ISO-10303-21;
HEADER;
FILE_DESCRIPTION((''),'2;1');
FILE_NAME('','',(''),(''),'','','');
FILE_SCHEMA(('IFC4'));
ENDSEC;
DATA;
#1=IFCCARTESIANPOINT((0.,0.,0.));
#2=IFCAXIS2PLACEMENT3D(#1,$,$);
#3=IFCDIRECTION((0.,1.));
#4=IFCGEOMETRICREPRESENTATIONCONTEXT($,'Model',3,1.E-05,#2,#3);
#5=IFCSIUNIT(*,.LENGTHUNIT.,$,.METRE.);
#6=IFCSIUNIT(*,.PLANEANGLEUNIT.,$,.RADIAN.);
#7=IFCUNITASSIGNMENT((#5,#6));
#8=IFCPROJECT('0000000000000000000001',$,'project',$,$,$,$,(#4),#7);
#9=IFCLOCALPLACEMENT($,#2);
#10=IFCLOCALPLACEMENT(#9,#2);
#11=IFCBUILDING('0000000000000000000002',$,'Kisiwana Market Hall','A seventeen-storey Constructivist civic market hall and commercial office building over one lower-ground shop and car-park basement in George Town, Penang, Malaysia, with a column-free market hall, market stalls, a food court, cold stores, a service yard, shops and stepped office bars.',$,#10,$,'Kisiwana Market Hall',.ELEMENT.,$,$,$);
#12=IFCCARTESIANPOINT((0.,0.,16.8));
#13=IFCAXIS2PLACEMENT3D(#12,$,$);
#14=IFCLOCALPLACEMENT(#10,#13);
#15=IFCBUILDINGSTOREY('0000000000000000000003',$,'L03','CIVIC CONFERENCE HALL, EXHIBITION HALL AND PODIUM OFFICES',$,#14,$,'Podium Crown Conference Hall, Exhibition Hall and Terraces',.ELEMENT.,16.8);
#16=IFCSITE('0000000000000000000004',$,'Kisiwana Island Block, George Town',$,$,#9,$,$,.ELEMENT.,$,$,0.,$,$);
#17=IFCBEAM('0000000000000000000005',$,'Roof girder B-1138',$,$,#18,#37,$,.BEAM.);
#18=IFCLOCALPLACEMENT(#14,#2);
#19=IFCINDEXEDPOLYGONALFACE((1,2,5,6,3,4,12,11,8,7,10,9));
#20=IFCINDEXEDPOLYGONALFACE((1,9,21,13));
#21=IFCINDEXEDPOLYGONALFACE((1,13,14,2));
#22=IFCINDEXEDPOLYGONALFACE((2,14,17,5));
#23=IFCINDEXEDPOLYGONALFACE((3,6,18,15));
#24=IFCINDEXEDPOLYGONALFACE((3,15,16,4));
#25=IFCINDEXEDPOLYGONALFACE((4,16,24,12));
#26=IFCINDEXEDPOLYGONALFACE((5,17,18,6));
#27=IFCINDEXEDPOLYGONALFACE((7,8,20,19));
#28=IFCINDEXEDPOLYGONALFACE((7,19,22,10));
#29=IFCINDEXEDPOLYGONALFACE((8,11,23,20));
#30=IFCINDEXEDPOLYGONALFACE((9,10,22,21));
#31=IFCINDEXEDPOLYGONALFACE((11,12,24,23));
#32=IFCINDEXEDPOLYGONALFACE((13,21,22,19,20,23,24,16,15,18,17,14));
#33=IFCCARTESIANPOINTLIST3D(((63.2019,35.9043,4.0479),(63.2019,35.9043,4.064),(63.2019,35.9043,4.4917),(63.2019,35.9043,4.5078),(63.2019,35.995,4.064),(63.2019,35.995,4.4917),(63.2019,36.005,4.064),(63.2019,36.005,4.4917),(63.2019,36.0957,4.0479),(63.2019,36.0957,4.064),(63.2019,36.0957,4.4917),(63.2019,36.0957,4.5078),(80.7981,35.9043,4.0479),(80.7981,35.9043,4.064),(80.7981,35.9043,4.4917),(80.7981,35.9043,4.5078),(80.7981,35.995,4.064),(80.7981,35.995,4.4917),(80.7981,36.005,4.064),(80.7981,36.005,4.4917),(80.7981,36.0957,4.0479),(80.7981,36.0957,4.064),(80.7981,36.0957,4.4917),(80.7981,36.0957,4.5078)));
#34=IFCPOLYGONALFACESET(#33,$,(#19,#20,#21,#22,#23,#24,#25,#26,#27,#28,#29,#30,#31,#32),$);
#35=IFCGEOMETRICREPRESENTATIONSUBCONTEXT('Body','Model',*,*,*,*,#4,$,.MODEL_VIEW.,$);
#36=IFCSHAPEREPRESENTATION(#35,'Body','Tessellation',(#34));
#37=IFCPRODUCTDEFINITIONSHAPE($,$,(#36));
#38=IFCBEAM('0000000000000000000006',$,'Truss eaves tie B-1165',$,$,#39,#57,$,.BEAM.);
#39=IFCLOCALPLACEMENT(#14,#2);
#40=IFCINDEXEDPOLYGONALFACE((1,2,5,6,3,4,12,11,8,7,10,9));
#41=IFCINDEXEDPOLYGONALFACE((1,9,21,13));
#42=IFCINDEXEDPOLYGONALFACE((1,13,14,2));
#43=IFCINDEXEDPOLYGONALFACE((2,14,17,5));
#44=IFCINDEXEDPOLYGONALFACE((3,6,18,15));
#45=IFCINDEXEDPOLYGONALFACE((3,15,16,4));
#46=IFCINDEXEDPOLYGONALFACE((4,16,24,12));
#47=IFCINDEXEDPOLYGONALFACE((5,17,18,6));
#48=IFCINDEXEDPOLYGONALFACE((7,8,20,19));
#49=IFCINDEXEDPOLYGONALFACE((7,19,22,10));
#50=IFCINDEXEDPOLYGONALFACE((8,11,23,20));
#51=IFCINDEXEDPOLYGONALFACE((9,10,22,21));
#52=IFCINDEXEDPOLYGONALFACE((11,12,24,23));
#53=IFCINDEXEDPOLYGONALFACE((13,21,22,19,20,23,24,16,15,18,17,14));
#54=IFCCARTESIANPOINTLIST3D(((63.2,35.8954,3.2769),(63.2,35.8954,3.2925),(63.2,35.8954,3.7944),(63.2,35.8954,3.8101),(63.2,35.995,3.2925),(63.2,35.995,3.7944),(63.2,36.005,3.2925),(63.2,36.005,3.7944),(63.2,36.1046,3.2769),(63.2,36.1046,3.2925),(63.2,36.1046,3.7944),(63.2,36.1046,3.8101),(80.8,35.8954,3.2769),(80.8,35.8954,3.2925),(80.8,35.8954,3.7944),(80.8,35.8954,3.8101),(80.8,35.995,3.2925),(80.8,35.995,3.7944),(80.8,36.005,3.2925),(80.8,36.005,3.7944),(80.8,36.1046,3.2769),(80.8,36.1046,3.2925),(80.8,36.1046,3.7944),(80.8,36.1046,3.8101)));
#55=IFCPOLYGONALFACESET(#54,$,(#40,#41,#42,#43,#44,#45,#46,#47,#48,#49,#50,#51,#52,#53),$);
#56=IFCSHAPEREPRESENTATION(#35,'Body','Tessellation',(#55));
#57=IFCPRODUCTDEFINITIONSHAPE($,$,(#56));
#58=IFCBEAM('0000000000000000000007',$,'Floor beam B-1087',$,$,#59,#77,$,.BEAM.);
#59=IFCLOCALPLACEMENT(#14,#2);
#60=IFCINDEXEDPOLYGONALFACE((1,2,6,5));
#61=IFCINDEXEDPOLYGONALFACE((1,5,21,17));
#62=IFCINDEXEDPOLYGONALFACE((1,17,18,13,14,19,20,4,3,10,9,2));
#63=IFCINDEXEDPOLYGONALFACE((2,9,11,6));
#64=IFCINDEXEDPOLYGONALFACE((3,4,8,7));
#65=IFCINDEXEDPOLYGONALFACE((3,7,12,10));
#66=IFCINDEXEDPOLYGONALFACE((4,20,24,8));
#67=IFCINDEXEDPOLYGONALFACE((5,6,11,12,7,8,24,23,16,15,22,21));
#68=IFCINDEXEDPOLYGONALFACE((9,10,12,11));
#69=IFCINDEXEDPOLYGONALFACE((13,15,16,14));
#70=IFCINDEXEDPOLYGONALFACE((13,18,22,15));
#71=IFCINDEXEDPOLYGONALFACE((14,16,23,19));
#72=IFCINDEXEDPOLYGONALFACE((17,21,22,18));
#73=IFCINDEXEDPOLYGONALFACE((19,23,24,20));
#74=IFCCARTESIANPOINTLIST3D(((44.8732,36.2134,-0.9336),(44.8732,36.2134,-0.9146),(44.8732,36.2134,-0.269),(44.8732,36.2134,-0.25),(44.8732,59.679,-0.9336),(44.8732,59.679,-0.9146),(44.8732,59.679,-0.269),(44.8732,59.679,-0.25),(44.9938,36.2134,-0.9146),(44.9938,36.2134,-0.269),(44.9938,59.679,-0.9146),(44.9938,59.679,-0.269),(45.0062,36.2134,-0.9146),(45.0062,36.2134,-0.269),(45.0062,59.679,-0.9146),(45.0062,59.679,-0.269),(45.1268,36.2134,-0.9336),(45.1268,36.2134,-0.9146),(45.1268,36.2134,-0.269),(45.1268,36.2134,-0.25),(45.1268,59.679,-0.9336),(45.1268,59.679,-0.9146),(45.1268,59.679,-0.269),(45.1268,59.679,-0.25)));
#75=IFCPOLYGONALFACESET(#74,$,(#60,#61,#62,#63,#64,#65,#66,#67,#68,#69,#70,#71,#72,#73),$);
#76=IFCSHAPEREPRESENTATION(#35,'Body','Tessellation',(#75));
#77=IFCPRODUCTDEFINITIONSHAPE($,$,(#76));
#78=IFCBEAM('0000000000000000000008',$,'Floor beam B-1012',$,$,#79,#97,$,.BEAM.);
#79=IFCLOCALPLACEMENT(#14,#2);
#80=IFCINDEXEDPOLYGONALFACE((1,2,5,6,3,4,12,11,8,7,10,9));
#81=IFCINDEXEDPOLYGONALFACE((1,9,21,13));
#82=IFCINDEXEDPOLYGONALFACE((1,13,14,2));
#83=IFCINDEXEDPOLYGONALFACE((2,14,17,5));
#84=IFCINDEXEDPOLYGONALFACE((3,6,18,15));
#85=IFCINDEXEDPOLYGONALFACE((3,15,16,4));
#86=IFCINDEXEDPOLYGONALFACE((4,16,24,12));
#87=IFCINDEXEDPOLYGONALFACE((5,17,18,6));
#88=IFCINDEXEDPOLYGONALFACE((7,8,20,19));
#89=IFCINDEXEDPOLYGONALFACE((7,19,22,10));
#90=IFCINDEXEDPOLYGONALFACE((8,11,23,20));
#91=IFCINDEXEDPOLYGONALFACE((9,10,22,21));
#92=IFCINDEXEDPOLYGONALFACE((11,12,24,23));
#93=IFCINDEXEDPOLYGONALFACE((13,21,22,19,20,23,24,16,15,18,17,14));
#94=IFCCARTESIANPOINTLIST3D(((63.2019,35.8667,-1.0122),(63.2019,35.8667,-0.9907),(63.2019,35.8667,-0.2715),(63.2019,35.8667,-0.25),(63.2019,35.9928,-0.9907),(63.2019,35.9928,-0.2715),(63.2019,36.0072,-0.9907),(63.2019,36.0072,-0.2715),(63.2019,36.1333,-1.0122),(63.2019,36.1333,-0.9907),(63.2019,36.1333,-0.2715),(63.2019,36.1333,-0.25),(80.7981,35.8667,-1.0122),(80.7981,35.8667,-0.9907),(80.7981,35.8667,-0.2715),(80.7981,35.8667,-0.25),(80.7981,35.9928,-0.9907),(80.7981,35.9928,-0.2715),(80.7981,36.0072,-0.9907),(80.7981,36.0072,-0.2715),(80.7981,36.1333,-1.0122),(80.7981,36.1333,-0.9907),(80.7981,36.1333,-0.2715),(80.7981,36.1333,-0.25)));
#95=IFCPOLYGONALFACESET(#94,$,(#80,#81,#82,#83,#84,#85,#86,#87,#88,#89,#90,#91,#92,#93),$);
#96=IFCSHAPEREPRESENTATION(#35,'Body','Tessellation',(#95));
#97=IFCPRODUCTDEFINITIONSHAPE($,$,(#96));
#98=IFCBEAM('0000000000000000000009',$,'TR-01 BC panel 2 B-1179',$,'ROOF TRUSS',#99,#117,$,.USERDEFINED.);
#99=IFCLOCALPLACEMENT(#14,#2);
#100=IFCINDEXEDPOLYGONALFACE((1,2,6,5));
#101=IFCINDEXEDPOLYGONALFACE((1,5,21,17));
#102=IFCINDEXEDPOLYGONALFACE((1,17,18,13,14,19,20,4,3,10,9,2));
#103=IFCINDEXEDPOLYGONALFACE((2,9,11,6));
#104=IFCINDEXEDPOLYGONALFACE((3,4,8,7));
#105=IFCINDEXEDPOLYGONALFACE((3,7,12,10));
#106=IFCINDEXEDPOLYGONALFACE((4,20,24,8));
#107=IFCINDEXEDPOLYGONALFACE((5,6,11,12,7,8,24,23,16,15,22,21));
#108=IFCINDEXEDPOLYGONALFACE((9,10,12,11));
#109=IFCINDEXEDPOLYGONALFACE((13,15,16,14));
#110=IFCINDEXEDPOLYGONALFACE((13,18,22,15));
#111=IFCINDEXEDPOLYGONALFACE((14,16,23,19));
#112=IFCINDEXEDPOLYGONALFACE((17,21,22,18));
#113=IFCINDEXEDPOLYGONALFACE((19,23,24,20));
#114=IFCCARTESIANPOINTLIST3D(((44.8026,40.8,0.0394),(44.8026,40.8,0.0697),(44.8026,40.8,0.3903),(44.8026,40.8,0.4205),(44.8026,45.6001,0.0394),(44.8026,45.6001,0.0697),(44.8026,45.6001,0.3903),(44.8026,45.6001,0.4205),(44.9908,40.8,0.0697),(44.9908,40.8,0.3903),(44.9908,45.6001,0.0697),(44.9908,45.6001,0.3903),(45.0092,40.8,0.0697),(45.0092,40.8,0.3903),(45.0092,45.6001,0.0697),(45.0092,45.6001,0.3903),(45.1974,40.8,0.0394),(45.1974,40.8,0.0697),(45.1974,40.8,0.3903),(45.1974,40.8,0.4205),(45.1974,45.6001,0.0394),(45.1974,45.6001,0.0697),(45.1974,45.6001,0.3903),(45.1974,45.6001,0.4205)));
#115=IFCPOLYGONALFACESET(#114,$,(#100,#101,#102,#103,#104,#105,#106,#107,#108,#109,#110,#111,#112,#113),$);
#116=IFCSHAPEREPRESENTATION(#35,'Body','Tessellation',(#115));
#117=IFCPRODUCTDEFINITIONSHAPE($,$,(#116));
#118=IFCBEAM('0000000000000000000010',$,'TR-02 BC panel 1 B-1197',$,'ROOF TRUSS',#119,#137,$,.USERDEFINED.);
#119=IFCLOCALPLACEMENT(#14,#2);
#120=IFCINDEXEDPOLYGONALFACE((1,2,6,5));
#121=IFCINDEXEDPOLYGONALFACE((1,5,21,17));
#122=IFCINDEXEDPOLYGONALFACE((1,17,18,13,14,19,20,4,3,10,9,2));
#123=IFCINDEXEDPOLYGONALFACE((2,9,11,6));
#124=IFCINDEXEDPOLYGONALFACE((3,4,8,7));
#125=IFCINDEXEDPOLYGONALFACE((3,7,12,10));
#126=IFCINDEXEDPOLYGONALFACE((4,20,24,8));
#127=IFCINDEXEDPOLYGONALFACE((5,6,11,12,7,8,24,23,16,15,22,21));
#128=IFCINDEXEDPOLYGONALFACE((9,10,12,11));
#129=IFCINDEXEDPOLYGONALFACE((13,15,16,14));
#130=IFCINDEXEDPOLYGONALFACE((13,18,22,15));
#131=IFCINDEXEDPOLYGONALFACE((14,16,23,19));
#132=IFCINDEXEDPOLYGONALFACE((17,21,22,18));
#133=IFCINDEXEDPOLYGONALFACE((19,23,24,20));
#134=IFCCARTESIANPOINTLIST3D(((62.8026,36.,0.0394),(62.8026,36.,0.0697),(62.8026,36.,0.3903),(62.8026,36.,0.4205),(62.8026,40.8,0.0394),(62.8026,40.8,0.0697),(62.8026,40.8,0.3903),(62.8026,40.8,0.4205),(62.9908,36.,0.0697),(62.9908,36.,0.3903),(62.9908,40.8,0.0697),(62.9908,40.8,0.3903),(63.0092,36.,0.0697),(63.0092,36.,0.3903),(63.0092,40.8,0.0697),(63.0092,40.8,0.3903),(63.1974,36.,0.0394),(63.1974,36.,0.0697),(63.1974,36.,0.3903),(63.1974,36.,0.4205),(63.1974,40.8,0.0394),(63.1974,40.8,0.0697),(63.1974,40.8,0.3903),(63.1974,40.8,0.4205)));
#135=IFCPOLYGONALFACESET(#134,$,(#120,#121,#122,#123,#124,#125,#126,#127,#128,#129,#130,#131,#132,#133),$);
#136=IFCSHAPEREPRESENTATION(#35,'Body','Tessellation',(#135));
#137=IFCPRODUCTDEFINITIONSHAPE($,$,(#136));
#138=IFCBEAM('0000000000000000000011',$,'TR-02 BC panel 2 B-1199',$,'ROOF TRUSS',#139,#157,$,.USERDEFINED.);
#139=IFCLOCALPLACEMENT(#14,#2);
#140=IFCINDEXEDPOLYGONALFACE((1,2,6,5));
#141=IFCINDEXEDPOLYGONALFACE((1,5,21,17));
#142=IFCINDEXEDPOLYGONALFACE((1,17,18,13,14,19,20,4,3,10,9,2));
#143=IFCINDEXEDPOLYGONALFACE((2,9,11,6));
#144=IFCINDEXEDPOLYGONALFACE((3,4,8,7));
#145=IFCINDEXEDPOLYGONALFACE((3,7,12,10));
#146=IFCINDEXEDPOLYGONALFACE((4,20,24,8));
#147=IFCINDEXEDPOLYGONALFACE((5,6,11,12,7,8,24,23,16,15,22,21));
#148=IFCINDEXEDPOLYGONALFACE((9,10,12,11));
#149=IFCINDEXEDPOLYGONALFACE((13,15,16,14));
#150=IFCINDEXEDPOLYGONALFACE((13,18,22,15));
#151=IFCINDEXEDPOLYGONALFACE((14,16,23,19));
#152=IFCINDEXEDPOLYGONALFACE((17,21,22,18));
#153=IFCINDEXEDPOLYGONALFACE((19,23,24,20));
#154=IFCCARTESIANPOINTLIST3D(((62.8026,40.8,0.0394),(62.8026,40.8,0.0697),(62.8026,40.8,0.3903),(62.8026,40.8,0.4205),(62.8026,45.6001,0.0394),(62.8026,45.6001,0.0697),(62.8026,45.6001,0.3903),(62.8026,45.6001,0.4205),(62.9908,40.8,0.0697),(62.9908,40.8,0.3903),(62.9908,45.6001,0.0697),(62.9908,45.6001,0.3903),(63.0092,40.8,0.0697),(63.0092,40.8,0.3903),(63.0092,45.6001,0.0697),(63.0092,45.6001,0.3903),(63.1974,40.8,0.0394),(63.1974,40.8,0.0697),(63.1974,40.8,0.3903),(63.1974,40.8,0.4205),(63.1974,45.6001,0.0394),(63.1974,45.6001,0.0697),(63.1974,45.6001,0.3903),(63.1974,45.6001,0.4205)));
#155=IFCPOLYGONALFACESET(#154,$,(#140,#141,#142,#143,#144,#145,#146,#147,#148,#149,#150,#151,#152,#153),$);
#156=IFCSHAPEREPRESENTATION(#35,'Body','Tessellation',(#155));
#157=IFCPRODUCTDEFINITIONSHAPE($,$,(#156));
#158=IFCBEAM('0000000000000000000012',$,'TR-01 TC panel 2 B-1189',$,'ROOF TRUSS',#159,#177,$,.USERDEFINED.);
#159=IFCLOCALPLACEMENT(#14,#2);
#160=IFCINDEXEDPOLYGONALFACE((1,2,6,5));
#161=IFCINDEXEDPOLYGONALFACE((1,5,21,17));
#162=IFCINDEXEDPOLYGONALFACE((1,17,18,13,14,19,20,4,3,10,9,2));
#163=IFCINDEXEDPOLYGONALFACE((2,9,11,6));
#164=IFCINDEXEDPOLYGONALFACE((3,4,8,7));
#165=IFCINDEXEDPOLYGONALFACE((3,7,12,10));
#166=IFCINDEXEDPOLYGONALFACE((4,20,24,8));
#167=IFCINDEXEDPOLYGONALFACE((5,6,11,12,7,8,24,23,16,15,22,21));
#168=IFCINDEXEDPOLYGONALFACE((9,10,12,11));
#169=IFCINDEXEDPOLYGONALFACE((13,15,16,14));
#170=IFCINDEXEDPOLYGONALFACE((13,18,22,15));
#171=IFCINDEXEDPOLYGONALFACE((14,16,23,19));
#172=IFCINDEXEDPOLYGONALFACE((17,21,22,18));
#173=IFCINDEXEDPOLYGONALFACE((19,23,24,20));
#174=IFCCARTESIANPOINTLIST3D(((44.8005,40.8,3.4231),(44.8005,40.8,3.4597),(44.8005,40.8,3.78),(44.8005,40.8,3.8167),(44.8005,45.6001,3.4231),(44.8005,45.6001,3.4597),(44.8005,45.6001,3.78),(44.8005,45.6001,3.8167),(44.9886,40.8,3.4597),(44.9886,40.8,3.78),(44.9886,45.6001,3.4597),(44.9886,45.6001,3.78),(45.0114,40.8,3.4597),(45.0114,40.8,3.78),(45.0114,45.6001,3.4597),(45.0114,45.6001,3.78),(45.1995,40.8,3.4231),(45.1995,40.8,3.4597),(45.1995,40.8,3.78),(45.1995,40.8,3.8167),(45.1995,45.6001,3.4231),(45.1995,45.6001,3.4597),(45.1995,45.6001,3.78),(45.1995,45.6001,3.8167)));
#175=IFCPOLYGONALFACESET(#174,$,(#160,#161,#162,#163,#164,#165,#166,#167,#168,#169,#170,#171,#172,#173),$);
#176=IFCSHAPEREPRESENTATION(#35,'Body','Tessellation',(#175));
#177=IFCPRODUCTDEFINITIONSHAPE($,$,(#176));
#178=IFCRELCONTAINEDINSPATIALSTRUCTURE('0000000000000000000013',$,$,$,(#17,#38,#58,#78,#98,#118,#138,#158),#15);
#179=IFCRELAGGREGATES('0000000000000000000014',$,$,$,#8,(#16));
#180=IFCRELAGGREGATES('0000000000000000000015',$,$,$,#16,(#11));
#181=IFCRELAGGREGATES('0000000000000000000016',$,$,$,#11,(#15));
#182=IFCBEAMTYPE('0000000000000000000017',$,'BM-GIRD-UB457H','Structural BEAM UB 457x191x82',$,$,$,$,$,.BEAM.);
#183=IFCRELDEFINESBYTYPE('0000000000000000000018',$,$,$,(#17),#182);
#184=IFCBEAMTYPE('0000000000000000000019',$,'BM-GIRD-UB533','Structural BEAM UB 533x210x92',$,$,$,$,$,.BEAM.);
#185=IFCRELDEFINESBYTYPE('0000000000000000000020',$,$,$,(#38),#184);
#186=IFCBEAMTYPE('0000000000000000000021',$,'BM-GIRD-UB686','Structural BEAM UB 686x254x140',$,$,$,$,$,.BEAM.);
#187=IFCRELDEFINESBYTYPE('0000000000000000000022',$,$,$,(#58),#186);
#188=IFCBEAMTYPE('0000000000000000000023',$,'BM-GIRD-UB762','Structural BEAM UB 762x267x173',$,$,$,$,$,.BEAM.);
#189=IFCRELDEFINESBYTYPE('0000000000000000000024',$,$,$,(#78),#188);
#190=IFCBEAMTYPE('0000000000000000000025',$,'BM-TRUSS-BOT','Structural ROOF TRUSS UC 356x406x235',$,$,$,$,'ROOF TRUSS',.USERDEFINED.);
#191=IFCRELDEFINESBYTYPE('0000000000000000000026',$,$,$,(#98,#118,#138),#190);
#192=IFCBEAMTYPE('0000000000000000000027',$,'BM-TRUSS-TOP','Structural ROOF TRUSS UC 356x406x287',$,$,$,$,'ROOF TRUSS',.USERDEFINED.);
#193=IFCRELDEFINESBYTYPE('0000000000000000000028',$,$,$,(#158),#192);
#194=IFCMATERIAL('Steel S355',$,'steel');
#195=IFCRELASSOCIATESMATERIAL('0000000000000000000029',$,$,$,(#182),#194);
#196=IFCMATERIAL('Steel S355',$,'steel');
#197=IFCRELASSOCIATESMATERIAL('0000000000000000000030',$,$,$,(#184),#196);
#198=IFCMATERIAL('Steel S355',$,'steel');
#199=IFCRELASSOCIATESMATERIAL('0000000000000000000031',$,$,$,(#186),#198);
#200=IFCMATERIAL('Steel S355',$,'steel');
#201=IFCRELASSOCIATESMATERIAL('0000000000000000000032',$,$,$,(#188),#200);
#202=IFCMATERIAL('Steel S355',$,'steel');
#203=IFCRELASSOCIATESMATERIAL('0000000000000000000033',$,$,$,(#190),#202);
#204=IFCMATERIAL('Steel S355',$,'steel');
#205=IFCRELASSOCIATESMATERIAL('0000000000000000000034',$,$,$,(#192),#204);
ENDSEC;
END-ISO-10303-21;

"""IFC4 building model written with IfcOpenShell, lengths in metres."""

from ifc_helpers import new_model, si_unit, direction, frame, origin, origin_2d, place, context, subcontext, project, spatial, i_section, extrude, material, material_profile, profile_set, type_object, element, save


model = new_model("IFC4")

# Units and contexts
model_context = context("Model", 3, precision=1e-05, world=origin(), true_north=direction((0.0, 1.0)))
body_context = subcontext(model_context, "Body", "Model", "MODEL_VIEW")
ifc_project = project(units=[si_unit("LENGTHUNIT", "METRE"), si_unit("PLANEANGLEUNIT", "RADIAN")], contexts=[model_context])

# Site, building, storey
site_placement = place(None, origin())
site = spatial("IfcSite", under=ifc_project, at=site_placement, Name="Kisiwana Island Block, George Town", CompositionType="ELEMENT", RefElevation=0.0)
building_placement = place(site_placement, origin())
building = spatial("IfcBuilding", under=site, at=building_placement, Name="Kisiwana Market Hall", Description="A seventeen-storey Constructivist civic market hall and commercial office building over one lower-ground shop and car-park basement in George Town, Penang, Malaysia, with a column-free market hall, market stalls, a food court, cold stores, a service yard, shops and stepped office bars.", LongName="Kisiwana Market Hall", CompositionType="ELEMENT")
storey_placement = place(building_placement, frame((0.0, 0.0, 16.8)))
storey = spatial("IfcBuildingStorey", under=building, at=storey_placement, Name="L03", Description="CIVIC CONFERENCE HALL, EXHIBITION HALL AND PODIUM OFFICES", LongName="Podium Crown Conference Hall, Exhibition Hall and Terraces", CompositionType="ELEMENT", Elevation=16.8)

# Beams
ifc_material_1 = material(Name="Steel S355", Category="steel")
ifc_material_profile_1 = material_profile(ifc_material_1, i_section(OverallWidth=0.1914, OverallDepth=0.46, WebThickness=0.01, FlangeThickness=0.0161, at=origin_2d()), Name="UB 457x191x82")
ifc_profile_set_1 = profile_set([ifc_material_profile_1], Name="Steel S355")
beam_type_1 = type_object("IfcBeamType", Name="BM-GIRD-UB457H", Description="Structural BEAM UB 457x191x82", PredefinedType="BEAM", material=ifc_profile_set_1)
beam_1_placement = place(storey_placement, frame((63.2019, 36.0, 4.2778), z_axis=(1.0, 0.0, 0.0), x_axis=(0.0, 1.0, 0.0)))
element("IfcBeam", 1, at=beam_1_placement, inside=storey, type_object=beam_type_1, Name="Roof girder B-1138", PredefinedType="BEAM", context=body_context, shape_type="SweptSolid", body=[
    extrude(i_section(OverallWidth=0.1914, OverallDepth=0.46, WebThickness=0.01, FlangeThickness=0.0161, at=origin_2d()), origin(), (0.0, 0.0, 1.0), 17.5962),
])
ifc_material_2 = material(Name="Steel S355", Category="steel")
ifc_material_profile_2 = material_profile(ifc_material_2, i_section(OverallWidth=0.2092, OverallDepth=0.5332, WebThickness=0.01, FlangeThickness=0.0156, at=origin_2d()), Name="UB 533x210x92")
ifc_profile_set_2 = profile_set([ifc_material_profile_2], Name="Steel S355")
beam_type_2 = type_object("IfcBeamType", Name="BM-GIRD-UB533", Description="Structural BEAM UB 533x210x92", PredefinedType="BEAM", material=ifc_profile_set_2)
beam_2_placement = place(storey_placement, frame((63.2, 36.0, 3.5435), z_axis=(1.0, 0.0, 0.0), x_axis=(0.0, 1.0, 0.0)))
element("IfcBeam", 2, at=beam_2_placement, inside=storey, type_object=beam_type_2, Name="Truss eaves tie B-1165", PredefinedType="BEAM", context=body_context, shape_type="SweptSolid", body=[
    extrude(i_section(OverallWidth=0.2092, OverallDepth=0.5332, WebThickness=0.01, FlangeThickness=0.0156, at=origin_2d()), origin(), (0.0, 0.0, 1.0), 17.6001),
])
ifc_material_3 = material(Name="Steel S355", Category="steel")
ifc_material_profile_3 = material_profile(ifc_material_3, i_section(OverallWidth=0.2537, OverallDepth=0.6836, WebThickness=0.0125, FlangeThickness=0.019, at=origin_2d()), Name="UB 686x254x140")
ifc_profile_set_3 = profile_set([ifc_material_profile_3], Name="Steel S355")
beam_type_3 = type_object("IfcBeamType", Name="BM-GIRD-UB686", Description="Structural BEAM UB 686x254x140", PredefinedType="BEAM", material=ifc_profile_set_3)
beam_3_placement = place(storey_placement, frame((45.0, 36.2134, -0.5918), z_axis=(0.0, 1.0, 0.0), x_axis=(-1.0, 0.0, 0.0)))
element("IfcBeam", 3, at=beam_3_placement, inside=storey, type_object=beam_type_3, Name="Floor beam B-1087", PredefinedType="BEAM", context=body_context, shape_type="SweptSolid", body=[
    extrude(i_section(OverallWidth=0.2537, OverallDepth=0.6836, WebThickness=0.0125, FlangeThickness=0.019, at=origin_2d()), origin(), (0.0, 0.0, 1.0), 23.4656),
])
ifc_material_4 = material(Name="Steel S355", Category="steel")
ifc_material_profile_4 = material_profile(ifc_material_4, i_section(OverallWidth=0.2666, OverallDepth=0.7622, WebThickness=0.0144, FlangeThickness=0.0215, at=origin_2d()), Name="UB 762x267x173")
ifc_profile_set_4 = profile_set([ifc_material_profile_4], Name="Steel S355")
beam_type_4 = type_object("IfcBeamType", Name="BM-GIRD-UB762", Description="Structural BEAM UB 762x267x173", PredefinedType="BEAM", material=ifc_profile_set_4)
beam_4_placement = place(storey_placement, frame((63.2019, 36.0, -0.6311), z_axis=(1.0, 0.0, 0.0), x_axis=(0.0, 1.0, 0.0)))
element("IfcBeam", 4, at=beam_4_placement, inside=storey, type_object=beam_type_4, Name="Floor beam B-1012", PredefinedType="BEAM", context=body_context, shape_type="SweptSolid", body=[
    extrude(i_section(OverallWidth=0.2666, OverallDepth=0.7622, WebThickness=0.0144, FlangeThickness=0.0215, at=origin_2d()), origin(), (0.0, 0.0, 1.0), 17.5962),
])
ifc_material_5 = material(Name="Steel S355", Category="steel")
ifc_material_profile_5 = material_profile(ifc_material_5, i_section(OverallWidth=0.3948, OverallDepth=0.3811, WebThickness=0.0183, FlangeThickness=0.0303, at=origin_2d()), Name="UC 356x406x235")
ifc_profile_set_5 = profile_set([ifc_material_profile_5], Name="Steel S355")
beam_type_5 = type_object("IfcBeamType", Name="BM-TRUSS-BOT", Description="Structural ROOF TRUSS UC 356x406x235", ElementType="ROOF TRUSS", PredefinedType="USERDEFINED", material=ifc_profile_set_5)
for number, where, z_axis, x_axis, name in (
    (5, (45.0, 40.8, 0.23), (0.0, 1.0, 0.0), (-1.0, 0.0, 0.0), "TR-01 BC panel 2 B-1179"),
    (6, (63.0, 36.0, 0.23), (0.0, 1.0, 0.0), (-1.0, 0.0, 0.0), "TR-02 BC panel 1 B-1197"),
    (7, (63.0, 40.8, 0.23), (0.0, 1.0, 0.0), (-1.0, 0.0, 0.0), "TR-02 BC panel 2 B-1199"),
):
    element("IfcBeam", number, at=place(storey_placement, frame(where, z_axis=z_axis, x_axis=x_axis)), inside=storey, type_object=beam_type_5, Name=name, ObjectType="ROOF TRUSS", PredefinedType="USERDEFINED", context=body_context, shape_type="SweptSolid", body=[
        extrude(i_section(OverallWidth=0.3948, OverallDepth=0.3811, WebThickness=0.0183, FlangeThickness=0.0303, at=origin_2d()), origin(), (0.0, 0.0, 1.0), 4.8),
    ])
ifc_material_6 = material(Name="Steel S355", Category="steel")
ifc_material_profile_6 = material_profile(ifc_material_6, i_section(OverallWidth=0.3989, OverallDepth=0.3936, WebThickness=0.0227, FlangeThickness=0.0366, at=origin_2d()), Name="UC 356x406x287")
ifc_profile_set_6 = profile_set([ifc_material_profile_6], Name="Steel S355")
beam_type_6 = type_object("IfcBeamType", Name="BM-TRUSS-TOP", Description="Structural ROOF TRUSS UC 356x406x287", ElementType="ROOF TRUSS", PredefinedType="USERDEFINED", material=ifc_profile_set_6)
for number, where, z_axis, x_axis, name in (
    (8, (45.0, 40.8, 3.6199), (0.0, 1.0, 0.0), (-1.0, 0.0, 0.0), "TR-01 TC panel 2 B-1189"),
):
    element("IfcBeam", number, at=place(storey_placement, frame(where, z_axis=z_axis, x_axis=x_axis)), inside=storey, type_object=beam_type_6, Name=name, ObjectType="ROOF TRUSS", PredefinedType="USERDEFINED", context=body_context, shape_type="SweptSolid", body=[
        extrude(i_section(OverallWidth=0.3989, OverallDepth=0.3936, WebThickness=0.0227, FlangeThickness=0.0366, at=origin_2d()), origin(), (0.0, 0.0, 1.0), 4.8),
    ])

save(model, "model.ifc")
